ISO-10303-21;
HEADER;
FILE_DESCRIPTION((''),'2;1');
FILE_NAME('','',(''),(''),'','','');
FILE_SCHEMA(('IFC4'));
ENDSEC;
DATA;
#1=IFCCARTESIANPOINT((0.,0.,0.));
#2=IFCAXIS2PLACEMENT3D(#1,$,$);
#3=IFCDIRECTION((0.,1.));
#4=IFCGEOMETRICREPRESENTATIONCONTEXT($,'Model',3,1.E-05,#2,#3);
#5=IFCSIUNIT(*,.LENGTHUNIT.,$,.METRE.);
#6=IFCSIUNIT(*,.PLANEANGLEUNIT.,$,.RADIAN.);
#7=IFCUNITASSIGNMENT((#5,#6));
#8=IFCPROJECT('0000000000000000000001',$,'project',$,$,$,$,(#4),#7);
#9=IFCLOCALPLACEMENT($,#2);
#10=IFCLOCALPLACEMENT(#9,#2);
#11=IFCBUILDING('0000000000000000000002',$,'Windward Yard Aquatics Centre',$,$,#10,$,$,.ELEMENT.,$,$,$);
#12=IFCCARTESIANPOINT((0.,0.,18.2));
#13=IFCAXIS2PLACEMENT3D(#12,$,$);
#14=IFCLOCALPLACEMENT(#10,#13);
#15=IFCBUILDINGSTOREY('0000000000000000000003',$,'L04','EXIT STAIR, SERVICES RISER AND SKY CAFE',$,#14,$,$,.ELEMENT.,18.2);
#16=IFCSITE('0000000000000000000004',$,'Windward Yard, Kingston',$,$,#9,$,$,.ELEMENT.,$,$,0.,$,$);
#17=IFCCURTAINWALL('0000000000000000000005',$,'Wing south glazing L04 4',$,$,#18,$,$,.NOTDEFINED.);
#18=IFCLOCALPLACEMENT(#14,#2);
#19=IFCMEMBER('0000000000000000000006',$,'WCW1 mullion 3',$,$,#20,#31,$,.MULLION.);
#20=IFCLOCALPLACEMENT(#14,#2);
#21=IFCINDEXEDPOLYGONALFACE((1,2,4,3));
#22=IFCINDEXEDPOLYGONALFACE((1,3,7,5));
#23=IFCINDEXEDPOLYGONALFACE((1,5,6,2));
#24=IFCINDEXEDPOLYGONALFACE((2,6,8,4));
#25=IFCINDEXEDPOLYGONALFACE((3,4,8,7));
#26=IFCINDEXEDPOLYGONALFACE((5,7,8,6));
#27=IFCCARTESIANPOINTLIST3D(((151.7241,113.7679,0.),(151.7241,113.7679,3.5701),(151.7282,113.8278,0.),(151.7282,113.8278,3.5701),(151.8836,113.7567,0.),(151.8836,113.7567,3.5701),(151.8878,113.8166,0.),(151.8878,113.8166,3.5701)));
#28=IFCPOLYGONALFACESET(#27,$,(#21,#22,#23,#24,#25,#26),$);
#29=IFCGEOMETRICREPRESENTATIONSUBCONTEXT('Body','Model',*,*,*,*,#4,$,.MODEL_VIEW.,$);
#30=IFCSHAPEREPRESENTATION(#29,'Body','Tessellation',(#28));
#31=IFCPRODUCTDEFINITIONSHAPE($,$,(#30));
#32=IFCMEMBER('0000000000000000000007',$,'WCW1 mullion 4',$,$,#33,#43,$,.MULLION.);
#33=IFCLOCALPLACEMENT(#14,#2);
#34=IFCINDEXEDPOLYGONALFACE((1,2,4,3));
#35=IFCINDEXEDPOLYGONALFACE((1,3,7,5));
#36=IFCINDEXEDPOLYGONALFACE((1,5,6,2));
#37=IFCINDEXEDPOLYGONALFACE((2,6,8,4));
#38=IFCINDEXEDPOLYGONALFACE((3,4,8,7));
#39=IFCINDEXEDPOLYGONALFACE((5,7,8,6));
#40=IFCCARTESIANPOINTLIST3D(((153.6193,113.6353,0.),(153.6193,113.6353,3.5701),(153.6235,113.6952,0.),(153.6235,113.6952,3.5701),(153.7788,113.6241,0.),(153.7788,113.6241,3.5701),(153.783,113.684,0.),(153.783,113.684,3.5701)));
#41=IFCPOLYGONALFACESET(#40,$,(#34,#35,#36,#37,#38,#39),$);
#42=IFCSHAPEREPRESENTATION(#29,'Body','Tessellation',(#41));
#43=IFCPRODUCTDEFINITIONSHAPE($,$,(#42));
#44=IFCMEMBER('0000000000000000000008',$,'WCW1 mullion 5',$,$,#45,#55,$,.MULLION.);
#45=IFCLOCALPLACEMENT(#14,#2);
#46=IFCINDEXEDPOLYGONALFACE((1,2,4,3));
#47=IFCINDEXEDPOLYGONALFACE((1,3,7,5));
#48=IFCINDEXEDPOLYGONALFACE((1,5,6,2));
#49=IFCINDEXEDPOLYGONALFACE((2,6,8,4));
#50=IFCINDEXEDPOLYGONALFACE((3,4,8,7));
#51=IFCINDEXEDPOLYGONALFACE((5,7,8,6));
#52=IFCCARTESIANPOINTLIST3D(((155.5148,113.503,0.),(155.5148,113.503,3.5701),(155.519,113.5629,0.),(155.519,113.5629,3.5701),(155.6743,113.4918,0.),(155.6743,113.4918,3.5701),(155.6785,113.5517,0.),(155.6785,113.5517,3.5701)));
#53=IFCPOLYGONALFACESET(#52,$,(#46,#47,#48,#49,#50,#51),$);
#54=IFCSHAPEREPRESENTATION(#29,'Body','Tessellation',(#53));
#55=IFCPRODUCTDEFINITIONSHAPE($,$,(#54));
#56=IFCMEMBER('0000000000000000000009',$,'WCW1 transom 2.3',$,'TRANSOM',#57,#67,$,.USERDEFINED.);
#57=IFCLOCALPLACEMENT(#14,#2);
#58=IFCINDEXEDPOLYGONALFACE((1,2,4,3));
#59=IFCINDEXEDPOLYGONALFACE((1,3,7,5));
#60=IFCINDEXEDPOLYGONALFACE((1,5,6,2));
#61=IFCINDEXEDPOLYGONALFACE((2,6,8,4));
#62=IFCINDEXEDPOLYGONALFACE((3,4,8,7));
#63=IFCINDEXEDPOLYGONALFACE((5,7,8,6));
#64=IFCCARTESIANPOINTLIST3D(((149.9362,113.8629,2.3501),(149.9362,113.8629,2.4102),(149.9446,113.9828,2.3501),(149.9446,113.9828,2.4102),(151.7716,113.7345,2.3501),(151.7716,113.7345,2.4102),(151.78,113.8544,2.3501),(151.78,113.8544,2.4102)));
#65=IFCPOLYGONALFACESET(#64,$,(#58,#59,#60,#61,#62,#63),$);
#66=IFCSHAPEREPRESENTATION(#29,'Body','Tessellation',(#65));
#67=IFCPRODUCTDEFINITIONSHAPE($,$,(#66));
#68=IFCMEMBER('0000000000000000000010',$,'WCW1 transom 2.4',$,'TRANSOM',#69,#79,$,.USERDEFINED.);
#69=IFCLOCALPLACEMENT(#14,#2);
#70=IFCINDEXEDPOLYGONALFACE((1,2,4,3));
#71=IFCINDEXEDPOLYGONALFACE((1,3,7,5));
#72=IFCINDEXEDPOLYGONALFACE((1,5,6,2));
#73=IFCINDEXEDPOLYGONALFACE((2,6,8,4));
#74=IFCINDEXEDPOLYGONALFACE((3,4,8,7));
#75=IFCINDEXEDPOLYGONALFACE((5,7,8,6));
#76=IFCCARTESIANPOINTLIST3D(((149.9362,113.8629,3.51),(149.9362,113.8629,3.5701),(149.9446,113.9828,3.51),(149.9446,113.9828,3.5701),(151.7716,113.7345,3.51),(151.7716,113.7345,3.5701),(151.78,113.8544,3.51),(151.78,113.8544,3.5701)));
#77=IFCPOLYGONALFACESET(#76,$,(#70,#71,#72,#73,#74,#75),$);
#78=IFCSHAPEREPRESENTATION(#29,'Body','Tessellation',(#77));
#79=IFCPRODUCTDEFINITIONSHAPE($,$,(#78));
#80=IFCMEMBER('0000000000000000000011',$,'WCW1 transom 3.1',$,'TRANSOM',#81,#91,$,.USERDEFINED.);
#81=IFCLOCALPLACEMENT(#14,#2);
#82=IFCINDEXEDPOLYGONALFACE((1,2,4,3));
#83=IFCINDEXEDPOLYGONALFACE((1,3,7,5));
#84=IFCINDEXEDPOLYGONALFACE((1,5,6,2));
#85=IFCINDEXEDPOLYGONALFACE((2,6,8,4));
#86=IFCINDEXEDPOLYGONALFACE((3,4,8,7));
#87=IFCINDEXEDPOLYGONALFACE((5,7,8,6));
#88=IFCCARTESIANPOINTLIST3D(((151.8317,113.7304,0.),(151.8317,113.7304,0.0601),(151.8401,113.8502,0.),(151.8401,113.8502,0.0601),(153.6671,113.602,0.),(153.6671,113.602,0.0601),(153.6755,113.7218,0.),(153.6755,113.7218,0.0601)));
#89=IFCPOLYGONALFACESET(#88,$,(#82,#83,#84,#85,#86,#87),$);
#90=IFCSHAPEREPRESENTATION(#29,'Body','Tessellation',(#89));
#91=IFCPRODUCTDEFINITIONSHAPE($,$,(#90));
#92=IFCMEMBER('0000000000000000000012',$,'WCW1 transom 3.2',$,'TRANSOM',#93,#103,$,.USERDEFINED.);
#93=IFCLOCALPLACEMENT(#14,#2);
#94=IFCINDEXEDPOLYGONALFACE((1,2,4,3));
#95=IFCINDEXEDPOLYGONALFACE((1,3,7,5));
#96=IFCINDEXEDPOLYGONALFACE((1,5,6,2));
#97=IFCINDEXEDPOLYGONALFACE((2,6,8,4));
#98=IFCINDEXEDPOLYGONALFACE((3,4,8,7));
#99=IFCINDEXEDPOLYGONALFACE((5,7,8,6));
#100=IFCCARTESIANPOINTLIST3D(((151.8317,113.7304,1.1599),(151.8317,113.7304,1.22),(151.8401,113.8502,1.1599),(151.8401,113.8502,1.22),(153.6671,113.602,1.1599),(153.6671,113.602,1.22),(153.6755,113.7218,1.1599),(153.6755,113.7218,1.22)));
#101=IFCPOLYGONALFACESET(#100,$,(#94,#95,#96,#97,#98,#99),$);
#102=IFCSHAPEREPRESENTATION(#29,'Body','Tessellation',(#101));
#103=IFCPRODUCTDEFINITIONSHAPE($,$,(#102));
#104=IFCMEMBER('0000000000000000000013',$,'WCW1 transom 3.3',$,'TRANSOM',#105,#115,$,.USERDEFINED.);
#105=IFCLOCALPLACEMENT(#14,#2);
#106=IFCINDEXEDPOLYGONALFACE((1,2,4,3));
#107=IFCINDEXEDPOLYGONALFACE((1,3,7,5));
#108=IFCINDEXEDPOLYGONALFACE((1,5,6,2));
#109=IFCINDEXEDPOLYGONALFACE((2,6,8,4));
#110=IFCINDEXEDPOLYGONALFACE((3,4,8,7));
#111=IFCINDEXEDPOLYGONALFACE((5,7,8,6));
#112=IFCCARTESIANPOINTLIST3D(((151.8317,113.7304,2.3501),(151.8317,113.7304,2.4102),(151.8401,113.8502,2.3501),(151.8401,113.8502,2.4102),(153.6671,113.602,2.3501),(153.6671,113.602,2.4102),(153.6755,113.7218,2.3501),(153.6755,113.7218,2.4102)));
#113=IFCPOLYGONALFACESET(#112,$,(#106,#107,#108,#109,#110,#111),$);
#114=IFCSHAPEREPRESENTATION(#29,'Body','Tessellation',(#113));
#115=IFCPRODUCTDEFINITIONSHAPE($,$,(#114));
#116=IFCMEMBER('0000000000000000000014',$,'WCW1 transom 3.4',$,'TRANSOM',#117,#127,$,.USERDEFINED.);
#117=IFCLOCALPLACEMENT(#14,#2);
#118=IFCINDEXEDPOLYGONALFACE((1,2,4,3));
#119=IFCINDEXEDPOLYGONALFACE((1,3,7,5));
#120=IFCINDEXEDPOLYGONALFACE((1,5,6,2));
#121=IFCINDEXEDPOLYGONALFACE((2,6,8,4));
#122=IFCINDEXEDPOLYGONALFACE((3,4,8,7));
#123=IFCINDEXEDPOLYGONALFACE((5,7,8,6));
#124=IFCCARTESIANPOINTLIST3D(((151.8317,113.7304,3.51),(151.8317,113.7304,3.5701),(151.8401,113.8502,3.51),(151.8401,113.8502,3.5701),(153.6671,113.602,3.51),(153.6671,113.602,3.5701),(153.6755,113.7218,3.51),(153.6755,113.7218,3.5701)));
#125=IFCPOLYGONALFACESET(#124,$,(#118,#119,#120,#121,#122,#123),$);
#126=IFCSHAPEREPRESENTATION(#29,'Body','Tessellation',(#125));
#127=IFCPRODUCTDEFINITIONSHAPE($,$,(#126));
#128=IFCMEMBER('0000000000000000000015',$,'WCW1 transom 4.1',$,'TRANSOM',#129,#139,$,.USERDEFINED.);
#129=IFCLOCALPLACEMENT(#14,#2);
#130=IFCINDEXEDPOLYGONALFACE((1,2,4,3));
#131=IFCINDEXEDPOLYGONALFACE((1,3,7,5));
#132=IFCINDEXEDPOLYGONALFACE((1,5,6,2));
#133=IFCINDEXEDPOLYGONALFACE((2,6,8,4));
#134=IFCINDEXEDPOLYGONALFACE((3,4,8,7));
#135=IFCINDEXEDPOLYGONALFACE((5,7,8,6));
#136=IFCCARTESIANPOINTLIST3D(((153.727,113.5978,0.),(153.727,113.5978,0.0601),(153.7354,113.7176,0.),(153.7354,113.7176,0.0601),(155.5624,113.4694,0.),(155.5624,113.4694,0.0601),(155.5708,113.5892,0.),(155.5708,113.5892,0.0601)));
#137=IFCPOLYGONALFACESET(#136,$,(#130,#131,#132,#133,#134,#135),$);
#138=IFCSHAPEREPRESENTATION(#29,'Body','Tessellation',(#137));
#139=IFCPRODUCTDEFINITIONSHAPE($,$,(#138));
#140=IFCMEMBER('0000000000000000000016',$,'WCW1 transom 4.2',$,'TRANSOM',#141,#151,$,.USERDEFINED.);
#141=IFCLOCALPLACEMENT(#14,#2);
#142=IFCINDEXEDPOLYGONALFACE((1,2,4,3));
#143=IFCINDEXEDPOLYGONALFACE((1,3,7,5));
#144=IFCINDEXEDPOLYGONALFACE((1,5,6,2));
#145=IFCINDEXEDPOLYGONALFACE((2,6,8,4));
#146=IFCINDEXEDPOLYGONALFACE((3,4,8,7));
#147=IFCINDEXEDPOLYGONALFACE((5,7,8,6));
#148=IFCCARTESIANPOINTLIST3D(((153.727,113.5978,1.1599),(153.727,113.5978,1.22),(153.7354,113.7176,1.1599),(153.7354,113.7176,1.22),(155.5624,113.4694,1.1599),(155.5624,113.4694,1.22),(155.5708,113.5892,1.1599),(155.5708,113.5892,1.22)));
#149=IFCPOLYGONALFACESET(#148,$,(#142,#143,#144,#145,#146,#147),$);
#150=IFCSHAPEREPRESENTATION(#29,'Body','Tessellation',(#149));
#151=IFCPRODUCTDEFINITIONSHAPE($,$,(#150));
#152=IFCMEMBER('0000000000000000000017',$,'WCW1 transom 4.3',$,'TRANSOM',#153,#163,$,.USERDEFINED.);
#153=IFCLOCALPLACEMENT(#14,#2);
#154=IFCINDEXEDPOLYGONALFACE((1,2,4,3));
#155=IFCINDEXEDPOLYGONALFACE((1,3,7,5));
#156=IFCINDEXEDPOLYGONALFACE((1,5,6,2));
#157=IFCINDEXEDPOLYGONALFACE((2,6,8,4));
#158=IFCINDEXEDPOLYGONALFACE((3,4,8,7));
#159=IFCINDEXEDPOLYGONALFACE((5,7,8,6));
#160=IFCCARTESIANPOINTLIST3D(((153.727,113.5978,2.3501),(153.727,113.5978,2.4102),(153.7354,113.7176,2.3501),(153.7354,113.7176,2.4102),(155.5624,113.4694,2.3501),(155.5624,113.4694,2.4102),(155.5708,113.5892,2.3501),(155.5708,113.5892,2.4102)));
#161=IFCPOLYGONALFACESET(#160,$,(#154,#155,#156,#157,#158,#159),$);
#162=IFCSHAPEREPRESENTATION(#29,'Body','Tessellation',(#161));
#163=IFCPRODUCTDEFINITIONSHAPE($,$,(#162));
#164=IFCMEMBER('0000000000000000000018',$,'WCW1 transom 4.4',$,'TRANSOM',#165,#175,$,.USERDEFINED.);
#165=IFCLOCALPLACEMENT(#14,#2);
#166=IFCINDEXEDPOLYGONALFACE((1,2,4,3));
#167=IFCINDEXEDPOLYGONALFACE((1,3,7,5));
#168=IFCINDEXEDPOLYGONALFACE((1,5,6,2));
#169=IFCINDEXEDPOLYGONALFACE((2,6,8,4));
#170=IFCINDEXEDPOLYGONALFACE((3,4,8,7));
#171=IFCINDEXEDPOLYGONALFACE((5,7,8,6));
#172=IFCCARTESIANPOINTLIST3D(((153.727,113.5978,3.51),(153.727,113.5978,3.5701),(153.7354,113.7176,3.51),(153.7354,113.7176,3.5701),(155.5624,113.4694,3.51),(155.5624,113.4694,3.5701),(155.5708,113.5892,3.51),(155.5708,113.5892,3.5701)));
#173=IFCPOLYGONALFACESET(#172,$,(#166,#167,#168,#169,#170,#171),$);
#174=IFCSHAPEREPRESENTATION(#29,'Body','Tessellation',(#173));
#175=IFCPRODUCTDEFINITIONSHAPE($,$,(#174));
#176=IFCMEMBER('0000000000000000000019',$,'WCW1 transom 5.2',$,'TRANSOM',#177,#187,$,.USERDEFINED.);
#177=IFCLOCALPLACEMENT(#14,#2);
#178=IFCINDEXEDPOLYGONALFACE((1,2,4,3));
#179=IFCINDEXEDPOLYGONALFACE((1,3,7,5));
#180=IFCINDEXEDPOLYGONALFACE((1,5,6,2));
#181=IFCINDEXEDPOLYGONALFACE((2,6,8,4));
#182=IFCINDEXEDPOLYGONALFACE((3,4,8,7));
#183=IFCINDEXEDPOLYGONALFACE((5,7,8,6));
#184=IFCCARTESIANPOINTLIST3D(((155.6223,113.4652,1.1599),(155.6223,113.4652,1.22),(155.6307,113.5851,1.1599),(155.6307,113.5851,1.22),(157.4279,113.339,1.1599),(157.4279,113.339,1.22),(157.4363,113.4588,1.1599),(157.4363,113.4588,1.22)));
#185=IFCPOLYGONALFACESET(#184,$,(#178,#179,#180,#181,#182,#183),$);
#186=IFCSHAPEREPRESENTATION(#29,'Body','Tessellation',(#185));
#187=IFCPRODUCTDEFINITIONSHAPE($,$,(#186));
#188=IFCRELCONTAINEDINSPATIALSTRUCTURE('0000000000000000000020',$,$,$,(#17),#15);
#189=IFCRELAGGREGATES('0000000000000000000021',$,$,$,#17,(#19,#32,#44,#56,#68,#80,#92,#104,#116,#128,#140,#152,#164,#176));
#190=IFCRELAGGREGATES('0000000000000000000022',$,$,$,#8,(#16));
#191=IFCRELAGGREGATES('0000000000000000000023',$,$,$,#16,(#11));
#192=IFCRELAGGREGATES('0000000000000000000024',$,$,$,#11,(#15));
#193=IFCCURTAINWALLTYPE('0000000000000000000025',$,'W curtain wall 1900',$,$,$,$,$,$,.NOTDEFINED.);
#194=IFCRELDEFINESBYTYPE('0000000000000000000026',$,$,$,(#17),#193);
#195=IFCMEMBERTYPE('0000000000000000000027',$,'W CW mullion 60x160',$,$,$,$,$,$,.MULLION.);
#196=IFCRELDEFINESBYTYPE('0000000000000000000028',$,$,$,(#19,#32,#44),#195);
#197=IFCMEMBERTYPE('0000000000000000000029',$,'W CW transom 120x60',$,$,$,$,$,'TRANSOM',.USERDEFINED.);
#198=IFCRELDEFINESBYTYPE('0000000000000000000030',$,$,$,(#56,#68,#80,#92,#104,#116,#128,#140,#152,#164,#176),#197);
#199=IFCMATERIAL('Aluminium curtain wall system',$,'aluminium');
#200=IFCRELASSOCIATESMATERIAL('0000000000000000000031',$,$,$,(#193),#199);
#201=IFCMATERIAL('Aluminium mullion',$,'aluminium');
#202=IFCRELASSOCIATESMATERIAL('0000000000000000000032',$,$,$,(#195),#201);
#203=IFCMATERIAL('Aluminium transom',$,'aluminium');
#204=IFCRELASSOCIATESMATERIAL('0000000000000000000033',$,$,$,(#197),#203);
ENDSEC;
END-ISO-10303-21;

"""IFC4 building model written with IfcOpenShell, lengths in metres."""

from ifc_helpers import new_model, si_unit, direction, frame, origin, origin_2d, place, context, subcontext, project, spatial, rectangle, extrude, material, material_profile, profile_set, type_object, element, aggregate, save


model = new_model("IFC4")

# Units and contexts
model_context = context("Model", 3, precision=1e-05, world=origin(), true_north=direction((0.0, 1.0)))
body_context = subcontext(model_context, "Body", "Model", "MODEL_VIEW")
ifc_project = project(units=[si_unit("LENGTHUNIT", "METRE"), si_unit("PLANEANGLEUNIT", "RADIAN")], contexts=[model_context])

# Site, building, storey
site_placement = place(None, origin())
site = spatial("IfcSite", under=ifc_project, at=site_placement, Name="Windward Yard, Kingston", CompositionType="ELEMENT", RefElevation=0.0)
building_placement = place(site_placement, origin())
building = spatial("IfcBuilding", under=site, at=building_placement, Name="Windward Yard Aquatics Centre", CompositionType="ELEMENT")
storey_placement = place(building_placement, frame((0.0, 0.0, 18.2)))
storey = spatial("IfcBuildingStorey", under=building, at=storey_placement, Name="L04", Description="EXIT STAIR, SERVICES RISER AND SKY CAFE", CompositionType="ELEMENT", Elevation=18.2)

# Curtain wall, members
ifc_material_1 = material(Name="Aluminium curtain wall system", Category="aluminium")
curtain_wall_type = type_object("IfcCurtainWallType", Name="W curtain wall 1900", PredefinedType="NOTDEFINED", material=ifc_material_1)
curtain_wall_placement = place(storey_placement, origin())
curtain_wall = element("IfcCurtainWall", 1, at=curtain_wall_placement, inside=storey, type_object=curtain_wall_type, Name="Wing south glazing L04 4", PredefinedType="NOTDEFINED")
ifc_material_2 = material(Name="Aluminium mullion", Category="aluminium")
ifc_material_profile_1 = material_profile(ifc_material_2, rectangle(XDim=0.0601, YDim=0.1599, at=origin_2d()), Name="AL 60x160")
ifc_profile_set_1 = profile_set([ifc_material_profile_1], Name="Aluminium mullion")
member_type_1 = type_object("IfcMemberType", Name="W CW mullion 60x160", PredefinedType="MULLION", material=ifc_profile_set_1)
member_1_placement = place(storey_placement, frame((151.8059, 113.7922, 0.0), z_axis=(0.0, 0.0, 1.0), x_axis=(0.069758, 0.997564, 0.0)))
member_1 = element("IfcMember", 2, at=member_1_placement, type_object=member_type_1, Name="WCW1 mullion 3", PredefinedType="MULLION", context=body_context, shape_type="SweptSolid", body=[
    extrude(rectangle(XDim=0.0601, YDim=0.1599, at=origin_2d()), origin(), (0.0, 0.0, 1.0), 3.5701),
])
member_2_placement = place(storey_placement, frame((153.7012, 113.6597, 0.0), z_axis=(0.0, 0.0, 1.0), x_axis=(0.069758, 0.997564, 0.0)))
member_2 = element("IfcMember", 3, at=member_2_placement, type_object=member_type_1, Name="WCW1 mullion 4", PredefinedType="MULLION", context=body_context, shape_type="SweptSolid", body=[
    extrude(rectangle(XDim=0.0601, YDim=0.1599, at=origin_2d()), origin(), (0.0, 0.0, 1.0), 3.5701),
])
member_3_placement = place(storey_placement, frame((155.5967, 113.5273, 0.0), z_axis=(0.0, 0.0, 1.0), x_axis=(0.069758, 0.997564, 0.0)))
member_3 = element("IfcMember", 4, at=member_3_placement, type_object=member_type_1, Name="WCW1 mullion 5", PredefinedType="MULLION", context=body_context, shape_type="SweptSolid", body=[
    extrude(rectangle(XDim=0.0601, YDim=0.1599, at=origin_2d()), origin(), (0.0, 0.0, 1.0), 3.5701),
])
ifc_material_3 = material(Name="Aluminium transom", Category="aluminium")
ifc_material_profile_2 = material_profile(ifc_material_3, rectangle(XDim=0.1201, YDim=0.0601, at=origin_2d()), Name="AL 120x60")
ifc_profile_set_2 = profile_set([ifc_material_profile_2], Name="Aluminium transom")
member_type_2 = type_object("IfcMemberType", Name="W CW transom 120x60", ElementType="TRANSOM", PredefinedType="USERDEFINED", material=ifc_profile_set_2)
member_4_placement = place(storey_placement, frame((149.9404, 113.9229, 2.3801), z_axis=(0.997561, -0.069795, 0.0), x_axis=(0.069795, 0.997561, 0.0)))
member_4 = element("IfcMember", 5, at=member_4_placement, type_object=member_type_2, Name="WCW1 transom 2.3", ObjectType="TRANSOM", PredefinedType="USERDEFINED", context=body_context, shape_type="SweptSolid", body=[
    extrude(rectangle(XDim=0.1201, YDim=0.0601, at=origin_2d()), origin(), (0.0, 0.0, 1.0), 1.8398),
])
member_5_placement = place(storey_placement, frame((149.9404, 113.9229, 3.54), z_axis=(0.997561, -0.069795, 0.0), x_axis=(0.069795, 0.997561, 0.0)))
member_5 = element("IfcMember", 6, at=member_5_placement, type_object=member_type_2, Name="WCW1 transom 2.4", ObjectType="TRANSOM", PredefinedType="USERDEFINED", context=body_context, shape_type="SweptSolid", body=[
    extrude(rectangle(XDim=0.1201, YDim=0.0601, at=origin_2d()), origin(), (0.0, 0.0, 1.0), 1.8398),
])
member_6_placement = place(storey_placement, frame((151.8359, 113.7903, 0.03), z_axis=(0.997561, -0.069795, 0.0), x_axis=(0.069795, 0.997561, 0.0)))
member_6 = element("IfcMember", 7, at=member_6_placement, type_object=member_type_2, Name="WCW1 transom 3.1", ObjectType="TRANSOM", PredefinedType="USERDEFINED", context=body_context, shape_type="SweptSolid", body=[
    extrude(rectangle(XDim=0.1201, YDim=0.0601, at=origin_2d()), origin(), (0.0, 0.0, 1.0), 1.8398),
])
member_7_placement = place(storey_placement, frame((151.8359, 113.7903, 1.1899), z_axis=(0.997561, -0.069795, 0.0), x_axis=(0.069795, 0.997561, 0.0)))
member_7 = element("IfcMember", 8, at=member_7_placement, type_object=member_type_2, Name="WCW1 transom 3.2", ObjectType="TRANSOM", PredefinedType="USERDEFINED", context=body_context, shape_type="SweptSolid", body=[
    extrude(rectangle(XDim=0.1201, YDim=0.0601, at=origin_2d()), origin(), (0.0, 0.0, 1.0), 1.8398),
])
member_8_placement = place(storey_placement, frame((151.8359, 113.7903, 2.3801), z_axis=(0.997561, -0.069795, 0.0), x_axis=(0.069795, 0.997561, 0.0)))
member_8 = element("IfcMember", 9, at=member_8_placement, type_object=member_type_2, Name="WCW1 transom 3.3", ObjectType="TRANSOM", PredefinedType="USERDEFINED", context=body_context, shape_type="SweptSolid", body=[
    extrude(rectangle(XDim=0.1201, YDim=0.0601, at=origin_2d()), origin(), (0.0, 0.0, 1.0), 1.8398),
])
member_9_placement = place(storey_placement, frame((151.8359, 113.7903, 3.54), z_axis=(0.997561, -0.069795, 0.0), x_axis=(0.069795, 0.997561, 0.0)))
member_9 = element("IfcMember", 10, at=member_9_placement, type_object=member_type_2, Name="WCW1 transom 3.4", ObjectType="TRANSOM", PredefinedType="USERDEFINED", context=body_context, shape_type="SweptSolid", body=[
    extrude(rectangle(XDim=0.1201, YDim=0.0601, at=origin_2d()), origin(), (0.0, 0.0, 1.0), 1.8398),
])
member_10_placement = place(storey_placement, frame((153.7312, 113.6577, 0.03), z_axis=(0.997561, -0.069795, 0.0), x_axis=(0.069795, 0.997561, 0.0)))
member_10 = element("IfcMember", 11, at=member_10_placement, type_object=member_type_2, Name="WCW1 transom 4.1", ObjectType="TRANSOM", PredefinedType="USERDEFINED", context=body_context, shape_type="SweptSolid", body=[
    extrude(rectangle(XDim=0.1201, YDim=0.0601, at=origin_2d()), origin(), (0.0, 0.0, 1.0), 1.8398),
])
member_11_placement = place(storey_placement, frame((153.7312, 113.6577, 1.1899), z_axis=(0.997561, -0.069795, 0.0), x_axis=(0.069795, 0.997561, 0.0)))
member_11 = element("IfcMember", 12, at=member_11_placement, type_object=member_type_2, Name="WCW1 transom 4.2", ObjectType="TRANSOM", PredefinedType="USERDEFINED", context=body_context, shape_type="SweptSolid", body=[
    extrude(rectangle(XDim=0.1201, YDim=0.0601, at=origin_2d()), origin(), (0.0, 0.0, 1.0), 1.8398),
])
member_12_placement = place(storey_placement, frame((153.7312, 113.6577, 2.3801), z_axis=(0.997561, -0.069795, 0.0), x_axis=(0.069795, 0.997561, 0.0)))
member_12 = element("IfcMember", 13, at=member_12_placement, type_object=member_type_2, Name="WCW1 transom 4.3", ObjectType="TRANSOM", PredefinedType="USERDEFINED", context=body_context, shape_type="SweptSolid", body=[
    extrude(rectangle(XDim=0.1201, YDim=0.0601, at=origin_2d()), origin(), (0.0, 0.0, 1.0), 1.8398),
])
member_13_placement = place(storey_placement, frame((153.7312, 113.6577, 3.54), z_axis=(0.997561, -0.069795, 0.0), x_axis=(0.069795, 0.997561, 0.0)))
member_13 = element("IfcMember", 14, at=member_13_placement, type_object=member_type_2, Name="WCW1 transom 4.4", ObjectType="TRANSOM", PredefinedType="USERDEFINED", context=body_context, shape_type="SweptSolid", body=[
    extrude(rectangle(XDim=0.1201, YDim=0.0601, at=origin_2d()), origin(), (0.0, 0.0, 1.0), 1.8398),
])
member_14_placement = place(storey_placement, frame((155.6265, 113.5251, 1.1899), z_axis=(0.997566, -0.069732, 0.0), x_axis=(0.069732, 0.997566, 0.0)))
member_14 = element("IfcMember", 15, at=member_14_placement, type_object=member_type_2, Name="WCW1 transom 5.2", ObjectType="TRANSOM", PredefinedType="USERDEFINED", context=body_context, shape_type="SweptSolid", body=[
    extrude(rectangle(XDim=0.1201, YDim=0.0601, at=origin_2d()), origin(), (0.0, 0.0, 1.0), 1.8101),
])
aggregate(curtain_wall, [member_1, member_2, member_3, member_4, member_5, member_6, member_7, member_8, member_9, member_10, member_11, member_12, member_13, member_14])

save(model, "model.ifc")
